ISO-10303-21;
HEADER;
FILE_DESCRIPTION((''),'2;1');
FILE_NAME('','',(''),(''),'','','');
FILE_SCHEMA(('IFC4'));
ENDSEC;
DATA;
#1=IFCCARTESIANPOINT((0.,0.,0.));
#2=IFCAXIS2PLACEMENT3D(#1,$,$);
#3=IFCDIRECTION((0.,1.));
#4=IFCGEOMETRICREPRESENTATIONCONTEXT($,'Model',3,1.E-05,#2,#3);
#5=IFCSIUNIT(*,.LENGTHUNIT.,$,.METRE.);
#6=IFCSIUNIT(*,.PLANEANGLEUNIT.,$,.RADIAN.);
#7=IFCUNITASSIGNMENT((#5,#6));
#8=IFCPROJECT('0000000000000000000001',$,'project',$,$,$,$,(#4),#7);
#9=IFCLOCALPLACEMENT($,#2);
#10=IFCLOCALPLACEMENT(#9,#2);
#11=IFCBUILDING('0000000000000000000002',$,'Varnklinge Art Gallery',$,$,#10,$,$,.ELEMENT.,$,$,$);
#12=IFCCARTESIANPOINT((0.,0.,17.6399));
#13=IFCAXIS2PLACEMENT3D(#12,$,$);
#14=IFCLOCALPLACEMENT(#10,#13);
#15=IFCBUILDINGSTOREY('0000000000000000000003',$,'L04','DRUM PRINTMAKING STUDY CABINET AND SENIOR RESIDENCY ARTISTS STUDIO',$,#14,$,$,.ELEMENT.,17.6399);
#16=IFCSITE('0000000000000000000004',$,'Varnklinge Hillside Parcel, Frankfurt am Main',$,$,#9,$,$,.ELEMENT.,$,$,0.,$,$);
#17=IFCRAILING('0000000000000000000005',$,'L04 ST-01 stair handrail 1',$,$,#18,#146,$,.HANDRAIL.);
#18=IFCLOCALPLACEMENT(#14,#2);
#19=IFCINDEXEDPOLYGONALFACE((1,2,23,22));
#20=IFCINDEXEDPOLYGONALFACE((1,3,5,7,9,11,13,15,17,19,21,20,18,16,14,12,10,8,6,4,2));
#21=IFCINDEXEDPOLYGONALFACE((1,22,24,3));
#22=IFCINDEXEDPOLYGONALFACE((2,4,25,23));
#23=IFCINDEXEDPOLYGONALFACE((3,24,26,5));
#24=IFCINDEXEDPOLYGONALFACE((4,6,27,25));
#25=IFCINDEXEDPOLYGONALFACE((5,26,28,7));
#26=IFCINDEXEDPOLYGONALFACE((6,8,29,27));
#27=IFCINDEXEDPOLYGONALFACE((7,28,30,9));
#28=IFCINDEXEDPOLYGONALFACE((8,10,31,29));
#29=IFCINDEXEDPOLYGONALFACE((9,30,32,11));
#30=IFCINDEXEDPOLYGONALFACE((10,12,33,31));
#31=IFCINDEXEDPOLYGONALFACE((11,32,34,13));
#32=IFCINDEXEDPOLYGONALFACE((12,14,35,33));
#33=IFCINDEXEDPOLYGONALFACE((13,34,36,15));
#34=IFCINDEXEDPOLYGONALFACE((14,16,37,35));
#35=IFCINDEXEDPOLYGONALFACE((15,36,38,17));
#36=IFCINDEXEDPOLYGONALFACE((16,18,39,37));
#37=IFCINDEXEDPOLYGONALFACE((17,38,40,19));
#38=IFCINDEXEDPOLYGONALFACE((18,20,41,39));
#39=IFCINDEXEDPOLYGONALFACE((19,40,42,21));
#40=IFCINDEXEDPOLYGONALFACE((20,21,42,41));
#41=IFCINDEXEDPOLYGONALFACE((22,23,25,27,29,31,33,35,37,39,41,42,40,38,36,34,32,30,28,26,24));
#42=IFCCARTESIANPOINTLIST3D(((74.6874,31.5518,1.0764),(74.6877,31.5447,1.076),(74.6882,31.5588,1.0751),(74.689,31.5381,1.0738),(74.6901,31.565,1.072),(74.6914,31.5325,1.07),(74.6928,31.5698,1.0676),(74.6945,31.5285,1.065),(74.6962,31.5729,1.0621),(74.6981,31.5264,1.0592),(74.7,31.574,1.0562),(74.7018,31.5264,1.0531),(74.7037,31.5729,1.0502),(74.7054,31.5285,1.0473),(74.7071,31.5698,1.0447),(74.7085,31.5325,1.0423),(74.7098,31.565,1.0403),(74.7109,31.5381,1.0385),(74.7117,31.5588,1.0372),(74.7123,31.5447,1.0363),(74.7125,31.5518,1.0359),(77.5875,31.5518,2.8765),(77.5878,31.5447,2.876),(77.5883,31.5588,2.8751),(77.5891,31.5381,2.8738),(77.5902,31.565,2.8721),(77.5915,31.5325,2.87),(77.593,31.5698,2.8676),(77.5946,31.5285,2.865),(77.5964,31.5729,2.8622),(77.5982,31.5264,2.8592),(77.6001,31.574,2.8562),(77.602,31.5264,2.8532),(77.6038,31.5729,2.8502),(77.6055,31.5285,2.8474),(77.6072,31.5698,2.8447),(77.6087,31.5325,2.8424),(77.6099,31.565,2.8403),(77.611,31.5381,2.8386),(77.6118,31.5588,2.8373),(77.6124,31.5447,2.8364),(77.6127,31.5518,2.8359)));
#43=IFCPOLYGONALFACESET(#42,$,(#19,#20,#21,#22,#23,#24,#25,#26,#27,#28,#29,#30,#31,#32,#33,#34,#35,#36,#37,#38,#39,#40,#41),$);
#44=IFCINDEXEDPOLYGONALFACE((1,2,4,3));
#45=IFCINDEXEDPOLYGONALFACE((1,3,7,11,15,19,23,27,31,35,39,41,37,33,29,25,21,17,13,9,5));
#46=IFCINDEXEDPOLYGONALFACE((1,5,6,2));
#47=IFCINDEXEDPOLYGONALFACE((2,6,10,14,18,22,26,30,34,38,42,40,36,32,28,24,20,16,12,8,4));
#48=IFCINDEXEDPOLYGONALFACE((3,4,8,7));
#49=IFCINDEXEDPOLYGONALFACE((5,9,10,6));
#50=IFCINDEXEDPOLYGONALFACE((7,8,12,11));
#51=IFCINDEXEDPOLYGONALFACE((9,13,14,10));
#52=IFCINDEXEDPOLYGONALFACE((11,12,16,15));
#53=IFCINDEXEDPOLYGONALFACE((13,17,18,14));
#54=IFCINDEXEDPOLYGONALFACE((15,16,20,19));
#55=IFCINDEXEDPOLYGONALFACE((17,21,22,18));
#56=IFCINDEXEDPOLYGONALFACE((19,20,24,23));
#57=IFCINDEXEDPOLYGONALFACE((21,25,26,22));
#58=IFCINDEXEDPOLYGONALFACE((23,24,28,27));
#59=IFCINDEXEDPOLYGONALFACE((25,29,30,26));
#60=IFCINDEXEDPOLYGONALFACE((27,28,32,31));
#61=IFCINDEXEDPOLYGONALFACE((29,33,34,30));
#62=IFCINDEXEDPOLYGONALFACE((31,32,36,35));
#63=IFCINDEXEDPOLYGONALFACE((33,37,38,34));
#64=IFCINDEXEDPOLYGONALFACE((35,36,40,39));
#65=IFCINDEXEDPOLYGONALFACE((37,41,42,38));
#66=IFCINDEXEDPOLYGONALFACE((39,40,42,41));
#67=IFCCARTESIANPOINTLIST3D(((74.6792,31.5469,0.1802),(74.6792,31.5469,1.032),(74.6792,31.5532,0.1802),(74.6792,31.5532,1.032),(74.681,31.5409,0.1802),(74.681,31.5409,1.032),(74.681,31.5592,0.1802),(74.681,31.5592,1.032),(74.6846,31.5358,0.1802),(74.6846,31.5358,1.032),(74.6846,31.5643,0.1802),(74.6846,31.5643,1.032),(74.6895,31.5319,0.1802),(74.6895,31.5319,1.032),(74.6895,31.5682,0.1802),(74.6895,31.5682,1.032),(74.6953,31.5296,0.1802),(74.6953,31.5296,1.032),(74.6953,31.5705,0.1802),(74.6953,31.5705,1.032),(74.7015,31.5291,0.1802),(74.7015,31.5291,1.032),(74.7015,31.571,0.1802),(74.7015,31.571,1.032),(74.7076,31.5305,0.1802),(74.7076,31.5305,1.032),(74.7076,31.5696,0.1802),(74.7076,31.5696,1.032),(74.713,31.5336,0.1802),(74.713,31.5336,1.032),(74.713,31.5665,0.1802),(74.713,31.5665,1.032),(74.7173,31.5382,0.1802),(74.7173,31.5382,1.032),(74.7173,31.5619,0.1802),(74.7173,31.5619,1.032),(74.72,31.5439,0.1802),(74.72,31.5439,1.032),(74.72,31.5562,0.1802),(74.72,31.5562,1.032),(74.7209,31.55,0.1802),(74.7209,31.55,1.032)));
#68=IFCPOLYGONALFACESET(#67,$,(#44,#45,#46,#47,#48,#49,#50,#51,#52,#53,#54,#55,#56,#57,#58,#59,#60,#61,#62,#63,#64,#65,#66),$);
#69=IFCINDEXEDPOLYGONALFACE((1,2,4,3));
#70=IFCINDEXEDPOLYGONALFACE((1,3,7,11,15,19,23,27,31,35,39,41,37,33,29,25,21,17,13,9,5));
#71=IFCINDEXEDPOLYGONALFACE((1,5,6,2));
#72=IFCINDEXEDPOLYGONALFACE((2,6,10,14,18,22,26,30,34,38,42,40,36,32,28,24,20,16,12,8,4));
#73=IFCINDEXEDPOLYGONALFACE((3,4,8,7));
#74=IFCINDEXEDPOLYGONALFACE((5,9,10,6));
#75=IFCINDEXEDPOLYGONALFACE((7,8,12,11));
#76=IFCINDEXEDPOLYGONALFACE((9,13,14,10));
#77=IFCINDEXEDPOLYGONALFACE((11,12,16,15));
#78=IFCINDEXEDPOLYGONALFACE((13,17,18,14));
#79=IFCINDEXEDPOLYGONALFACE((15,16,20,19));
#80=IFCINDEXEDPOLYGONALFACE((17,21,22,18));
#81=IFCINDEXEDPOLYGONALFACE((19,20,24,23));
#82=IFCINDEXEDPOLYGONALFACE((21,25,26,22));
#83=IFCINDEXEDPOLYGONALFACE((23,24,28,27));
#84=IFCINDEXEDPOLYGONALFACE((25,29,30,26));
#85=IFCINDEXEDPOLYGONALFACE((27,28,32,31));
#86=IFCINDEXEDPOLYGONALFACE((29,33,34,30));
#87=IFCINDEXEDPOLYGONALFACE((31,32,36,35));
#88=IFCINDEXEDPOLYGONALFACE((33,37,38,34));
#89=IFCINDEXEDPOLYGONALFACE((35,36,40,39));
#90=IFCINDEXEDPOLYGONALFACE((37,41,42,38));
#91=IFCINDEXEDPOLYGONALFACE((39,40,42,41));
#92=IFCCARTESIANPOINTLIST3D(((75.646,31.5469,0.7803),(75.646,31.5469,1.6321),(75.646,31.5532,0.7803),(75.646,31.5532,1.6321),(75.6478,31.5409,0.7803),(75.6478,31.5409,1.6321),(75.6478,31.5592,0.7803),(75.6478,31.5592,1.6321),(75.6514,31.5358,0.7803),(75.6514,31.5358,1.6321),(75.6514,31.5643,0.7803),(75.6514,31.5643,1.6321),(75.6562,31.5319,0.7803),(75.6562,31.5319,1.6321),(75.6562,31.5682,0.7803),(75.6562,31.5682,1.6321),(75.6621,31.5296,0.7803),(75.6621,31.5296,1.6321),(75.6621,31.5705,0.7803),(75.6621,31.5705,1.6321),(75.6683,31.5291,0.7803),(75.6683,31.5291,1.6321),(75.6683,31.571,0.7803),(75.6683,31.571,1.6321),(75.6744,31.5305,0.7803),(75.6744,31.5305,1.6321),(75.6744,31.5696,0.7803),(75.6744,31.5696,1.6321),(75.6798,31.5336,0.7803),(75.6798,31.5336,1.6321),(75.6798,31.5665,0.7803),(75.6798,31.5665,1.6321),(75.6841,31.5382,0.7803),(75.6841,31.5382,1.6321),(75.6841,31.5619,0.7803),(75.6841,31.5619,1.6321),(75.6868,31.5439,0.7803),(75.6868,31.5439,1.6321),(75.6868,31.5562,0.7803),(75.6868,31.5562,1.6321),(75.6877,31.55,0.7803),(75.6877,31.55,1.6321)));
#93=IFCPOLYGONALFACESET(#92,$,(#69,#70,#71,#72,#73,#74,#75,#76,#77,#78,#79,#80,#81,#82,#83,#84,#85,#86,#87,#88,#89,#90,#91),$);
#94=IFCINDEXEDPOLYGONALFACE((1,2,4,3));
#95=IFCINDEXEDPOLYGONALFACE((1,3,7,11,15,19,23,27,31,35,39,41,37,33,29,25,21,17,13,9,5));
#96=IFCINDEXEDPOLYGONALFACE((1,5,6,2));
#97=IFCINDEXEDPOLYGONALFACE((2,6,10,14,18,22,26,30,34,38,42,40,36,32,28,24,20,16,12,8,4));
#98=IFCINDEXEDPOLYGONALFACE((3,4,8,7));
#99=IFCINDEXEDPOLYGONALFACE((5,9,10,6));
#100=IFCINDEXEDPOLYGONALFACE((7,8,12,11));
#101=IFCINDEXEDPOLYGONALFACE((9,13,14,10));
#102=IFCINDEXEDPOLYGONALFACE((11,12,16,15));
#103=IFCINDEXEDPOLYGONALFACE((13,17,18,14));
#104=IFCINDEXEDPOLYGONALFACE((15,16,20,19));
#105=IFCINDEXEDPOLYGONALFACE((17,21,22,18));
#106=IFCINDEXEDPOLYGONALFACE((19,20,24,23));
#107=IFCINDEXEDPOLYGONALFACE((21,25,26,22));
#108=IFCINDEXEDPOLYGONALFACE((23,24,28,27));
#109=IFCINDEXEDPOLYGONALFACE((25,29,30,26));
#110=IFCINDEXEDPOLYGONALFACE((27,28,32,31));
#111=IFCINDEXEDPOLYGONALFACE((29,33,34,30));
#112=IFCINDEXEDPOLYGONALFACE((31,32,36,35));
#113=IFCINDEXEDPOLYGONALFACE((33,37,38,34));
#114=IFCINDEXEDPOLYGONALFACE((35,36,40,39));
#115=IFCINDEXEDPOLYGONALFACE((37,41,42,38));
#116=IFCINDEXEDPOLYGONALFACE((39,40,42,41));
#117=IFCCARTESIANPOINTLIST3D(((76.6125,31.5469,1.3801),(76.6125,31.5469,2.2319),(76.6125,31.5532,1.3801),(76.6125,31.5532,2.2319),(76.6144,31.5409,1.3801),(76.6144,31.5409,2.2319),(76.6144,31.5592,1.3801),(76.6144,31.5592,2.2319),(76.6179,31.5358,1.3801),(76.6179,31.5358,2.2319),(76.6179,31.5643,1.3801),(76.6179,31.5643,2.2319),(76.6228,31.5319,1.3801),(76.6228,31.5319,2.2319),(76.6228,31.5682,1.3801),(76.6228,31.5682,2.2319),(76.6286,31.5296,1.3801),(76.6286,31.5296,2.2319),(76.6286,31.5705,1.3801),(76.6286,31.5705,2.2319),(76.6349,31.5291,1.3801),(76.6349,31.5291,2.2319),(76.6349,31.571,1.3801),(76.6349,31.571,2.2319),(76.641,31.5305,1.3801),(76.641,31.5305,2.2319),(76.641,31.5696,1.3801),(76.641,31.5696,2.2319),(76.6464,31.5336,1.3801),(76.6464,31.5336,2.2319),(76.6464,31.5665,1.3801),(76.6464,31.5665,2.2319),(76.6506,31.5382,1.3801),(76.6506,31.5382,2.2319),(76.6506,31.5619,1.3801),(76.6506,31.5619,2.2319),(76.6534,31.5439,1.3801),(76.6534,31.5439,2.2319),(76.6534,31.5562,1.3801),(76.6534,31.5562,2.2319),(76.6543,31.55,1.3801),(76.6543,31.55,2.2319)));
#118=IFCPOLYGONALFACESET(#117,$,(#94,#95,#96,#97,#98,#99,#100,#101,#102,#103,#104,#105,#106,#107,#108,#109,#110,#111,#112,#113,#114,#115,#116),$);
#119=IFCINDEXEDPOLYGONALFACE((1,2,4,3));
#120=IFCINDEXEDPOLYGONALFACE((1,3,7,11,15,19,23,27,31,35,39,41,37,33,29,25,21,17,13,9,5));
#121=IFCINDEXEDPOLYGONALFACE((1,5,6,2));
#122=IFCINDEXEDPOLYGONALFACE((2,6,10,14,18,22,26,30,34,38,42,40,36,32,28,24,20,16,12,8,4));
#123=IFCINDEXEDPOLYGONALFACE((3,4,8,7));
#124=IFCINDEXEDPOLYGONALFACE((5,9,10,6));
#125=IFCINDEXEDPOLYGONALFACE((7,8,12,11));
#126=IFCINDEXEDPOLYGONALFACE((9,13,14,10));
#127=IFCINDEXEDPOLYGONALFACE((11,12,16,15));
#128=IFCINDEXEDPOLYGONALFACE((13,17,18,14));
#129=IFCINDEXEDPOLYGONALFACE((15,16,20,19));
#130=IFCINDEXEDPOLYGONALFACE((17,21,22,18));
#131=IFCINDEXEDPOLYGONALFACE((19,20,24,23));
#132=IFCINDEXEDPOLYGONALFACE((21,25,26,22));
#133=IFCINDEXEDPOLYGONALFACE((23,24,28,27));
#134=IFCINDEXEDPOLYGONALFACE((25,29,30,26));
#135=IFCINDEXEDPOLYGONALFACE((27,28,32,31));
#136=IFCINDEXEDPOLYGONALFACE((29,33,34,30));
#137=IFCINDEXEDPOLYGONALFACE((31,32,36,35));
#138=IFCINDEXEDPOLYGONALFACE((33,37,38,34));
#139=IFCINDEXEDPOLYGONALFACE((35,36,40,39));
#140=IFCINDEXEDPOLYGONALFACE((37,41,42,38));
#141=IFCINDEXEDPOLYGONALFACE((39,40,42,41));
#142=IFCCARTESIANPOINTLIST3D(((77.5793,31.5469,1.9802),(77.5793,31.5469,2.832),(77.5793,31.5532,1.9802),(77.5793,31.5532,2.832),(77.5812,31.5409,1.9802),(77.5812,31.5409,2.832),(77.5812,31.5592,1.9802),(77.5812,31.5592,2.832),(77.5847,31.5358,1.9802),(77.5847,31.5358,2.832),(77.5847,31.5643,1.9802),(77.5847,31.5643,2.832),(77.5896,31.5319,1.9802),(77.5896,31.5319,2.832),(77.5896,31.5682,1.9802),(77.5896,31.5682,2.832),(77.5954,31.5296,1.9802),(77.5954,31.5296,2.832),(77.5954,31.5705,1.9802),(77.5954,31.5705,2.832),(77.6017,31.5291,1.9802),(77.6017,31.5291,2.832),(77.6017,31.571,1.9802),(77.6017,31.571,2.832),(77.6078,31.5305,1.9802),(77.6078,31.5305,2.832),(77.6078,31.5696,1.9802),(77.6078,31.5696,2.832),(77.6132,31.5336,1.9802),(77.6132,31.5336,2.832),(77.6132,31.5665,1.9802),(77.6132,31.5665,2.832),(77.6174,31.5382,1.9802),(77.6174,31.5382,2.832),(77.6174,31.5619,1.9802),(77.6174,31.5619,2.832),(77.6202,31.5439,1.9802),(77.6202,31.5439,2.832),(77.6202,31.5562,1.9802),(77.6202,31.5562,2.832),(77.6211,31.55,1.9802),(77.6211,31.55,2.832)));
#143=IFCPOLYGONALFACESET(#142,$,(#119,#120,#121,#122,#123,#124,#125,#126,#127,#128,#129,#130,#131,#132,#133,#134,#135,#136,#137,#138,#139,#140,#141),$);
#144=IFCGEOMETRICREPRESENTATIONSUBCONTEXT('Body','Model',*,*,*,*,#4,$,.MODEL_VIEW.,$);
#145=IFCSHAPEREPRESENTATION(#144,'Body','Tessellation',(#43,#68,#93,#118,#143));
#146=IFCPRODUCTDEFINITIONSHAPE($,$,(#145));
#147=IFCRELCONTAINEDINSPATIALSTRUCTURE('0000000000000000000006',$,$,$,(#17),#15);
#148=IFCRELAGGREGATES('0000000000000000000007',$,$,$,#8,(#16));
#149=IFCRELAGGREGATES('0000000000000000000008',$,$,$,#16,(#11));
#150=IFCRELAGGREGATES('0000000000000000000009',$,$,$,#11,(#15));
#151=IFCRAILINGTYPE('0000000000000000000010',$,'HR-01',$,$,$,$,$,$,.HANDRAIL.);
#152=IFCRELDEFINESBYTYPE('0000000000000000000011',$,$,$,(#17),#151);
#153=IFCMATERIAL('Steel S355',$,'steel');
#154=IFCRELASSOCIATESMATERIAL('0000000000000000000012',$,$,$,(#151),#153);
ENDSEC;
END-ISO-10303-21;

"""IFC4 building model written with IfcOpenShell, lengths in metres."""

from ifc_helpers import new_model, si_unit, direction, frame, origin, origin_2d, place, context, subcontext, project, spatial, circle, extrude, material, type_object, element, save


model = new_model("IFC4")

# Units and contexts
model_context = context("Model", 3, precision=1e-05, world=origin(), true_north=direction((0.0, 1.0)))
body_context = subcontext(model_context, "Body", "Model", "MODEL_VIEW")
ifc_project = project(units=[si_unit("LENGTHUNIT", "METRE"), si_unit("PLANEANGLEUNIT", "RADIAN")], contexts=[model_context])

# Site, building, storey
site_placement = place(None, origin())
site = spatial("IfcSite", under=ifc_project, at=site_placement, Name="Varnklinge Hillside Parcel, Frankfurt am Main", CompositionType="ELEMENT", RefElevation=0.0)
building_placement = place(site_placement, origin())
building = spatial("IfcBuilding", under=site, at=building_placement, Name="Varnklinge Art Gallery", CompositionType="ELEMENT")
storey_placement = place(building_placement, frame((0.0, 0.0, 17.6399)))
storey = spatial("IfcBuildingStorey", under=building, at=storey_placement, Name="L04", Description="DRUM PRINTMAKING STUDY CABINET AND SENIOR RESIDENCY ARTISTS STUDIO", CompositionType="ELEMENT", Elevation=17.6399)

# Railing
ifc_material_1 = material(Name="Steel S355", Category="steel")
railing_type_1 = type_object("IfcRailingType", Name="HR-01", PredefinedType="HANDRAIL", material=ifc_material_1)
railing_1_placement = place(storey_placement, frame((74.7, 31.55, 0.1802)))
element("IfcRailing", 1, at=railing_1_placement, inside=storey, type_object=railing_type_1, Name="L04 ST-01 stair handrail 1", PredefinedType="HANDRAIL", context=body_context, shape_type="SweptSolid", body=[
    extrude(circle(Radius=0.0239, at=origin_2d()), frame((0.0, 0.0, 0.876), z_axis=(0.849646, 0.0, 0.527354), x_axis=(0.0, 1.0, 0.0)), (0.0, 0.0, 1.0), 3.4133),
    extrude(circle(Radius=0.021, at=origin_2d()), origin(), (0.0, 0.0, 1.0), 0.8518),
    extrude(circle(Radius=0.021, at=origin_2d()), frame((0.9668, 0.0, 0.6001)), (0.0, 0.0, 1.0), 0.8518),
    extrude(circle(Radius=0.021, at=origin_2d()), frame((1.9333, 0.0, 1.2)), (0.0, 0.0, 1.0), 0.8518),
    extrude(circle(Radius=0.021, at=origin_2d()), frame((2.9001, 0.0, 1.8)), (0.0, 0.0, 1.0), 0.8518),
])

save(model, "model.ifc")
